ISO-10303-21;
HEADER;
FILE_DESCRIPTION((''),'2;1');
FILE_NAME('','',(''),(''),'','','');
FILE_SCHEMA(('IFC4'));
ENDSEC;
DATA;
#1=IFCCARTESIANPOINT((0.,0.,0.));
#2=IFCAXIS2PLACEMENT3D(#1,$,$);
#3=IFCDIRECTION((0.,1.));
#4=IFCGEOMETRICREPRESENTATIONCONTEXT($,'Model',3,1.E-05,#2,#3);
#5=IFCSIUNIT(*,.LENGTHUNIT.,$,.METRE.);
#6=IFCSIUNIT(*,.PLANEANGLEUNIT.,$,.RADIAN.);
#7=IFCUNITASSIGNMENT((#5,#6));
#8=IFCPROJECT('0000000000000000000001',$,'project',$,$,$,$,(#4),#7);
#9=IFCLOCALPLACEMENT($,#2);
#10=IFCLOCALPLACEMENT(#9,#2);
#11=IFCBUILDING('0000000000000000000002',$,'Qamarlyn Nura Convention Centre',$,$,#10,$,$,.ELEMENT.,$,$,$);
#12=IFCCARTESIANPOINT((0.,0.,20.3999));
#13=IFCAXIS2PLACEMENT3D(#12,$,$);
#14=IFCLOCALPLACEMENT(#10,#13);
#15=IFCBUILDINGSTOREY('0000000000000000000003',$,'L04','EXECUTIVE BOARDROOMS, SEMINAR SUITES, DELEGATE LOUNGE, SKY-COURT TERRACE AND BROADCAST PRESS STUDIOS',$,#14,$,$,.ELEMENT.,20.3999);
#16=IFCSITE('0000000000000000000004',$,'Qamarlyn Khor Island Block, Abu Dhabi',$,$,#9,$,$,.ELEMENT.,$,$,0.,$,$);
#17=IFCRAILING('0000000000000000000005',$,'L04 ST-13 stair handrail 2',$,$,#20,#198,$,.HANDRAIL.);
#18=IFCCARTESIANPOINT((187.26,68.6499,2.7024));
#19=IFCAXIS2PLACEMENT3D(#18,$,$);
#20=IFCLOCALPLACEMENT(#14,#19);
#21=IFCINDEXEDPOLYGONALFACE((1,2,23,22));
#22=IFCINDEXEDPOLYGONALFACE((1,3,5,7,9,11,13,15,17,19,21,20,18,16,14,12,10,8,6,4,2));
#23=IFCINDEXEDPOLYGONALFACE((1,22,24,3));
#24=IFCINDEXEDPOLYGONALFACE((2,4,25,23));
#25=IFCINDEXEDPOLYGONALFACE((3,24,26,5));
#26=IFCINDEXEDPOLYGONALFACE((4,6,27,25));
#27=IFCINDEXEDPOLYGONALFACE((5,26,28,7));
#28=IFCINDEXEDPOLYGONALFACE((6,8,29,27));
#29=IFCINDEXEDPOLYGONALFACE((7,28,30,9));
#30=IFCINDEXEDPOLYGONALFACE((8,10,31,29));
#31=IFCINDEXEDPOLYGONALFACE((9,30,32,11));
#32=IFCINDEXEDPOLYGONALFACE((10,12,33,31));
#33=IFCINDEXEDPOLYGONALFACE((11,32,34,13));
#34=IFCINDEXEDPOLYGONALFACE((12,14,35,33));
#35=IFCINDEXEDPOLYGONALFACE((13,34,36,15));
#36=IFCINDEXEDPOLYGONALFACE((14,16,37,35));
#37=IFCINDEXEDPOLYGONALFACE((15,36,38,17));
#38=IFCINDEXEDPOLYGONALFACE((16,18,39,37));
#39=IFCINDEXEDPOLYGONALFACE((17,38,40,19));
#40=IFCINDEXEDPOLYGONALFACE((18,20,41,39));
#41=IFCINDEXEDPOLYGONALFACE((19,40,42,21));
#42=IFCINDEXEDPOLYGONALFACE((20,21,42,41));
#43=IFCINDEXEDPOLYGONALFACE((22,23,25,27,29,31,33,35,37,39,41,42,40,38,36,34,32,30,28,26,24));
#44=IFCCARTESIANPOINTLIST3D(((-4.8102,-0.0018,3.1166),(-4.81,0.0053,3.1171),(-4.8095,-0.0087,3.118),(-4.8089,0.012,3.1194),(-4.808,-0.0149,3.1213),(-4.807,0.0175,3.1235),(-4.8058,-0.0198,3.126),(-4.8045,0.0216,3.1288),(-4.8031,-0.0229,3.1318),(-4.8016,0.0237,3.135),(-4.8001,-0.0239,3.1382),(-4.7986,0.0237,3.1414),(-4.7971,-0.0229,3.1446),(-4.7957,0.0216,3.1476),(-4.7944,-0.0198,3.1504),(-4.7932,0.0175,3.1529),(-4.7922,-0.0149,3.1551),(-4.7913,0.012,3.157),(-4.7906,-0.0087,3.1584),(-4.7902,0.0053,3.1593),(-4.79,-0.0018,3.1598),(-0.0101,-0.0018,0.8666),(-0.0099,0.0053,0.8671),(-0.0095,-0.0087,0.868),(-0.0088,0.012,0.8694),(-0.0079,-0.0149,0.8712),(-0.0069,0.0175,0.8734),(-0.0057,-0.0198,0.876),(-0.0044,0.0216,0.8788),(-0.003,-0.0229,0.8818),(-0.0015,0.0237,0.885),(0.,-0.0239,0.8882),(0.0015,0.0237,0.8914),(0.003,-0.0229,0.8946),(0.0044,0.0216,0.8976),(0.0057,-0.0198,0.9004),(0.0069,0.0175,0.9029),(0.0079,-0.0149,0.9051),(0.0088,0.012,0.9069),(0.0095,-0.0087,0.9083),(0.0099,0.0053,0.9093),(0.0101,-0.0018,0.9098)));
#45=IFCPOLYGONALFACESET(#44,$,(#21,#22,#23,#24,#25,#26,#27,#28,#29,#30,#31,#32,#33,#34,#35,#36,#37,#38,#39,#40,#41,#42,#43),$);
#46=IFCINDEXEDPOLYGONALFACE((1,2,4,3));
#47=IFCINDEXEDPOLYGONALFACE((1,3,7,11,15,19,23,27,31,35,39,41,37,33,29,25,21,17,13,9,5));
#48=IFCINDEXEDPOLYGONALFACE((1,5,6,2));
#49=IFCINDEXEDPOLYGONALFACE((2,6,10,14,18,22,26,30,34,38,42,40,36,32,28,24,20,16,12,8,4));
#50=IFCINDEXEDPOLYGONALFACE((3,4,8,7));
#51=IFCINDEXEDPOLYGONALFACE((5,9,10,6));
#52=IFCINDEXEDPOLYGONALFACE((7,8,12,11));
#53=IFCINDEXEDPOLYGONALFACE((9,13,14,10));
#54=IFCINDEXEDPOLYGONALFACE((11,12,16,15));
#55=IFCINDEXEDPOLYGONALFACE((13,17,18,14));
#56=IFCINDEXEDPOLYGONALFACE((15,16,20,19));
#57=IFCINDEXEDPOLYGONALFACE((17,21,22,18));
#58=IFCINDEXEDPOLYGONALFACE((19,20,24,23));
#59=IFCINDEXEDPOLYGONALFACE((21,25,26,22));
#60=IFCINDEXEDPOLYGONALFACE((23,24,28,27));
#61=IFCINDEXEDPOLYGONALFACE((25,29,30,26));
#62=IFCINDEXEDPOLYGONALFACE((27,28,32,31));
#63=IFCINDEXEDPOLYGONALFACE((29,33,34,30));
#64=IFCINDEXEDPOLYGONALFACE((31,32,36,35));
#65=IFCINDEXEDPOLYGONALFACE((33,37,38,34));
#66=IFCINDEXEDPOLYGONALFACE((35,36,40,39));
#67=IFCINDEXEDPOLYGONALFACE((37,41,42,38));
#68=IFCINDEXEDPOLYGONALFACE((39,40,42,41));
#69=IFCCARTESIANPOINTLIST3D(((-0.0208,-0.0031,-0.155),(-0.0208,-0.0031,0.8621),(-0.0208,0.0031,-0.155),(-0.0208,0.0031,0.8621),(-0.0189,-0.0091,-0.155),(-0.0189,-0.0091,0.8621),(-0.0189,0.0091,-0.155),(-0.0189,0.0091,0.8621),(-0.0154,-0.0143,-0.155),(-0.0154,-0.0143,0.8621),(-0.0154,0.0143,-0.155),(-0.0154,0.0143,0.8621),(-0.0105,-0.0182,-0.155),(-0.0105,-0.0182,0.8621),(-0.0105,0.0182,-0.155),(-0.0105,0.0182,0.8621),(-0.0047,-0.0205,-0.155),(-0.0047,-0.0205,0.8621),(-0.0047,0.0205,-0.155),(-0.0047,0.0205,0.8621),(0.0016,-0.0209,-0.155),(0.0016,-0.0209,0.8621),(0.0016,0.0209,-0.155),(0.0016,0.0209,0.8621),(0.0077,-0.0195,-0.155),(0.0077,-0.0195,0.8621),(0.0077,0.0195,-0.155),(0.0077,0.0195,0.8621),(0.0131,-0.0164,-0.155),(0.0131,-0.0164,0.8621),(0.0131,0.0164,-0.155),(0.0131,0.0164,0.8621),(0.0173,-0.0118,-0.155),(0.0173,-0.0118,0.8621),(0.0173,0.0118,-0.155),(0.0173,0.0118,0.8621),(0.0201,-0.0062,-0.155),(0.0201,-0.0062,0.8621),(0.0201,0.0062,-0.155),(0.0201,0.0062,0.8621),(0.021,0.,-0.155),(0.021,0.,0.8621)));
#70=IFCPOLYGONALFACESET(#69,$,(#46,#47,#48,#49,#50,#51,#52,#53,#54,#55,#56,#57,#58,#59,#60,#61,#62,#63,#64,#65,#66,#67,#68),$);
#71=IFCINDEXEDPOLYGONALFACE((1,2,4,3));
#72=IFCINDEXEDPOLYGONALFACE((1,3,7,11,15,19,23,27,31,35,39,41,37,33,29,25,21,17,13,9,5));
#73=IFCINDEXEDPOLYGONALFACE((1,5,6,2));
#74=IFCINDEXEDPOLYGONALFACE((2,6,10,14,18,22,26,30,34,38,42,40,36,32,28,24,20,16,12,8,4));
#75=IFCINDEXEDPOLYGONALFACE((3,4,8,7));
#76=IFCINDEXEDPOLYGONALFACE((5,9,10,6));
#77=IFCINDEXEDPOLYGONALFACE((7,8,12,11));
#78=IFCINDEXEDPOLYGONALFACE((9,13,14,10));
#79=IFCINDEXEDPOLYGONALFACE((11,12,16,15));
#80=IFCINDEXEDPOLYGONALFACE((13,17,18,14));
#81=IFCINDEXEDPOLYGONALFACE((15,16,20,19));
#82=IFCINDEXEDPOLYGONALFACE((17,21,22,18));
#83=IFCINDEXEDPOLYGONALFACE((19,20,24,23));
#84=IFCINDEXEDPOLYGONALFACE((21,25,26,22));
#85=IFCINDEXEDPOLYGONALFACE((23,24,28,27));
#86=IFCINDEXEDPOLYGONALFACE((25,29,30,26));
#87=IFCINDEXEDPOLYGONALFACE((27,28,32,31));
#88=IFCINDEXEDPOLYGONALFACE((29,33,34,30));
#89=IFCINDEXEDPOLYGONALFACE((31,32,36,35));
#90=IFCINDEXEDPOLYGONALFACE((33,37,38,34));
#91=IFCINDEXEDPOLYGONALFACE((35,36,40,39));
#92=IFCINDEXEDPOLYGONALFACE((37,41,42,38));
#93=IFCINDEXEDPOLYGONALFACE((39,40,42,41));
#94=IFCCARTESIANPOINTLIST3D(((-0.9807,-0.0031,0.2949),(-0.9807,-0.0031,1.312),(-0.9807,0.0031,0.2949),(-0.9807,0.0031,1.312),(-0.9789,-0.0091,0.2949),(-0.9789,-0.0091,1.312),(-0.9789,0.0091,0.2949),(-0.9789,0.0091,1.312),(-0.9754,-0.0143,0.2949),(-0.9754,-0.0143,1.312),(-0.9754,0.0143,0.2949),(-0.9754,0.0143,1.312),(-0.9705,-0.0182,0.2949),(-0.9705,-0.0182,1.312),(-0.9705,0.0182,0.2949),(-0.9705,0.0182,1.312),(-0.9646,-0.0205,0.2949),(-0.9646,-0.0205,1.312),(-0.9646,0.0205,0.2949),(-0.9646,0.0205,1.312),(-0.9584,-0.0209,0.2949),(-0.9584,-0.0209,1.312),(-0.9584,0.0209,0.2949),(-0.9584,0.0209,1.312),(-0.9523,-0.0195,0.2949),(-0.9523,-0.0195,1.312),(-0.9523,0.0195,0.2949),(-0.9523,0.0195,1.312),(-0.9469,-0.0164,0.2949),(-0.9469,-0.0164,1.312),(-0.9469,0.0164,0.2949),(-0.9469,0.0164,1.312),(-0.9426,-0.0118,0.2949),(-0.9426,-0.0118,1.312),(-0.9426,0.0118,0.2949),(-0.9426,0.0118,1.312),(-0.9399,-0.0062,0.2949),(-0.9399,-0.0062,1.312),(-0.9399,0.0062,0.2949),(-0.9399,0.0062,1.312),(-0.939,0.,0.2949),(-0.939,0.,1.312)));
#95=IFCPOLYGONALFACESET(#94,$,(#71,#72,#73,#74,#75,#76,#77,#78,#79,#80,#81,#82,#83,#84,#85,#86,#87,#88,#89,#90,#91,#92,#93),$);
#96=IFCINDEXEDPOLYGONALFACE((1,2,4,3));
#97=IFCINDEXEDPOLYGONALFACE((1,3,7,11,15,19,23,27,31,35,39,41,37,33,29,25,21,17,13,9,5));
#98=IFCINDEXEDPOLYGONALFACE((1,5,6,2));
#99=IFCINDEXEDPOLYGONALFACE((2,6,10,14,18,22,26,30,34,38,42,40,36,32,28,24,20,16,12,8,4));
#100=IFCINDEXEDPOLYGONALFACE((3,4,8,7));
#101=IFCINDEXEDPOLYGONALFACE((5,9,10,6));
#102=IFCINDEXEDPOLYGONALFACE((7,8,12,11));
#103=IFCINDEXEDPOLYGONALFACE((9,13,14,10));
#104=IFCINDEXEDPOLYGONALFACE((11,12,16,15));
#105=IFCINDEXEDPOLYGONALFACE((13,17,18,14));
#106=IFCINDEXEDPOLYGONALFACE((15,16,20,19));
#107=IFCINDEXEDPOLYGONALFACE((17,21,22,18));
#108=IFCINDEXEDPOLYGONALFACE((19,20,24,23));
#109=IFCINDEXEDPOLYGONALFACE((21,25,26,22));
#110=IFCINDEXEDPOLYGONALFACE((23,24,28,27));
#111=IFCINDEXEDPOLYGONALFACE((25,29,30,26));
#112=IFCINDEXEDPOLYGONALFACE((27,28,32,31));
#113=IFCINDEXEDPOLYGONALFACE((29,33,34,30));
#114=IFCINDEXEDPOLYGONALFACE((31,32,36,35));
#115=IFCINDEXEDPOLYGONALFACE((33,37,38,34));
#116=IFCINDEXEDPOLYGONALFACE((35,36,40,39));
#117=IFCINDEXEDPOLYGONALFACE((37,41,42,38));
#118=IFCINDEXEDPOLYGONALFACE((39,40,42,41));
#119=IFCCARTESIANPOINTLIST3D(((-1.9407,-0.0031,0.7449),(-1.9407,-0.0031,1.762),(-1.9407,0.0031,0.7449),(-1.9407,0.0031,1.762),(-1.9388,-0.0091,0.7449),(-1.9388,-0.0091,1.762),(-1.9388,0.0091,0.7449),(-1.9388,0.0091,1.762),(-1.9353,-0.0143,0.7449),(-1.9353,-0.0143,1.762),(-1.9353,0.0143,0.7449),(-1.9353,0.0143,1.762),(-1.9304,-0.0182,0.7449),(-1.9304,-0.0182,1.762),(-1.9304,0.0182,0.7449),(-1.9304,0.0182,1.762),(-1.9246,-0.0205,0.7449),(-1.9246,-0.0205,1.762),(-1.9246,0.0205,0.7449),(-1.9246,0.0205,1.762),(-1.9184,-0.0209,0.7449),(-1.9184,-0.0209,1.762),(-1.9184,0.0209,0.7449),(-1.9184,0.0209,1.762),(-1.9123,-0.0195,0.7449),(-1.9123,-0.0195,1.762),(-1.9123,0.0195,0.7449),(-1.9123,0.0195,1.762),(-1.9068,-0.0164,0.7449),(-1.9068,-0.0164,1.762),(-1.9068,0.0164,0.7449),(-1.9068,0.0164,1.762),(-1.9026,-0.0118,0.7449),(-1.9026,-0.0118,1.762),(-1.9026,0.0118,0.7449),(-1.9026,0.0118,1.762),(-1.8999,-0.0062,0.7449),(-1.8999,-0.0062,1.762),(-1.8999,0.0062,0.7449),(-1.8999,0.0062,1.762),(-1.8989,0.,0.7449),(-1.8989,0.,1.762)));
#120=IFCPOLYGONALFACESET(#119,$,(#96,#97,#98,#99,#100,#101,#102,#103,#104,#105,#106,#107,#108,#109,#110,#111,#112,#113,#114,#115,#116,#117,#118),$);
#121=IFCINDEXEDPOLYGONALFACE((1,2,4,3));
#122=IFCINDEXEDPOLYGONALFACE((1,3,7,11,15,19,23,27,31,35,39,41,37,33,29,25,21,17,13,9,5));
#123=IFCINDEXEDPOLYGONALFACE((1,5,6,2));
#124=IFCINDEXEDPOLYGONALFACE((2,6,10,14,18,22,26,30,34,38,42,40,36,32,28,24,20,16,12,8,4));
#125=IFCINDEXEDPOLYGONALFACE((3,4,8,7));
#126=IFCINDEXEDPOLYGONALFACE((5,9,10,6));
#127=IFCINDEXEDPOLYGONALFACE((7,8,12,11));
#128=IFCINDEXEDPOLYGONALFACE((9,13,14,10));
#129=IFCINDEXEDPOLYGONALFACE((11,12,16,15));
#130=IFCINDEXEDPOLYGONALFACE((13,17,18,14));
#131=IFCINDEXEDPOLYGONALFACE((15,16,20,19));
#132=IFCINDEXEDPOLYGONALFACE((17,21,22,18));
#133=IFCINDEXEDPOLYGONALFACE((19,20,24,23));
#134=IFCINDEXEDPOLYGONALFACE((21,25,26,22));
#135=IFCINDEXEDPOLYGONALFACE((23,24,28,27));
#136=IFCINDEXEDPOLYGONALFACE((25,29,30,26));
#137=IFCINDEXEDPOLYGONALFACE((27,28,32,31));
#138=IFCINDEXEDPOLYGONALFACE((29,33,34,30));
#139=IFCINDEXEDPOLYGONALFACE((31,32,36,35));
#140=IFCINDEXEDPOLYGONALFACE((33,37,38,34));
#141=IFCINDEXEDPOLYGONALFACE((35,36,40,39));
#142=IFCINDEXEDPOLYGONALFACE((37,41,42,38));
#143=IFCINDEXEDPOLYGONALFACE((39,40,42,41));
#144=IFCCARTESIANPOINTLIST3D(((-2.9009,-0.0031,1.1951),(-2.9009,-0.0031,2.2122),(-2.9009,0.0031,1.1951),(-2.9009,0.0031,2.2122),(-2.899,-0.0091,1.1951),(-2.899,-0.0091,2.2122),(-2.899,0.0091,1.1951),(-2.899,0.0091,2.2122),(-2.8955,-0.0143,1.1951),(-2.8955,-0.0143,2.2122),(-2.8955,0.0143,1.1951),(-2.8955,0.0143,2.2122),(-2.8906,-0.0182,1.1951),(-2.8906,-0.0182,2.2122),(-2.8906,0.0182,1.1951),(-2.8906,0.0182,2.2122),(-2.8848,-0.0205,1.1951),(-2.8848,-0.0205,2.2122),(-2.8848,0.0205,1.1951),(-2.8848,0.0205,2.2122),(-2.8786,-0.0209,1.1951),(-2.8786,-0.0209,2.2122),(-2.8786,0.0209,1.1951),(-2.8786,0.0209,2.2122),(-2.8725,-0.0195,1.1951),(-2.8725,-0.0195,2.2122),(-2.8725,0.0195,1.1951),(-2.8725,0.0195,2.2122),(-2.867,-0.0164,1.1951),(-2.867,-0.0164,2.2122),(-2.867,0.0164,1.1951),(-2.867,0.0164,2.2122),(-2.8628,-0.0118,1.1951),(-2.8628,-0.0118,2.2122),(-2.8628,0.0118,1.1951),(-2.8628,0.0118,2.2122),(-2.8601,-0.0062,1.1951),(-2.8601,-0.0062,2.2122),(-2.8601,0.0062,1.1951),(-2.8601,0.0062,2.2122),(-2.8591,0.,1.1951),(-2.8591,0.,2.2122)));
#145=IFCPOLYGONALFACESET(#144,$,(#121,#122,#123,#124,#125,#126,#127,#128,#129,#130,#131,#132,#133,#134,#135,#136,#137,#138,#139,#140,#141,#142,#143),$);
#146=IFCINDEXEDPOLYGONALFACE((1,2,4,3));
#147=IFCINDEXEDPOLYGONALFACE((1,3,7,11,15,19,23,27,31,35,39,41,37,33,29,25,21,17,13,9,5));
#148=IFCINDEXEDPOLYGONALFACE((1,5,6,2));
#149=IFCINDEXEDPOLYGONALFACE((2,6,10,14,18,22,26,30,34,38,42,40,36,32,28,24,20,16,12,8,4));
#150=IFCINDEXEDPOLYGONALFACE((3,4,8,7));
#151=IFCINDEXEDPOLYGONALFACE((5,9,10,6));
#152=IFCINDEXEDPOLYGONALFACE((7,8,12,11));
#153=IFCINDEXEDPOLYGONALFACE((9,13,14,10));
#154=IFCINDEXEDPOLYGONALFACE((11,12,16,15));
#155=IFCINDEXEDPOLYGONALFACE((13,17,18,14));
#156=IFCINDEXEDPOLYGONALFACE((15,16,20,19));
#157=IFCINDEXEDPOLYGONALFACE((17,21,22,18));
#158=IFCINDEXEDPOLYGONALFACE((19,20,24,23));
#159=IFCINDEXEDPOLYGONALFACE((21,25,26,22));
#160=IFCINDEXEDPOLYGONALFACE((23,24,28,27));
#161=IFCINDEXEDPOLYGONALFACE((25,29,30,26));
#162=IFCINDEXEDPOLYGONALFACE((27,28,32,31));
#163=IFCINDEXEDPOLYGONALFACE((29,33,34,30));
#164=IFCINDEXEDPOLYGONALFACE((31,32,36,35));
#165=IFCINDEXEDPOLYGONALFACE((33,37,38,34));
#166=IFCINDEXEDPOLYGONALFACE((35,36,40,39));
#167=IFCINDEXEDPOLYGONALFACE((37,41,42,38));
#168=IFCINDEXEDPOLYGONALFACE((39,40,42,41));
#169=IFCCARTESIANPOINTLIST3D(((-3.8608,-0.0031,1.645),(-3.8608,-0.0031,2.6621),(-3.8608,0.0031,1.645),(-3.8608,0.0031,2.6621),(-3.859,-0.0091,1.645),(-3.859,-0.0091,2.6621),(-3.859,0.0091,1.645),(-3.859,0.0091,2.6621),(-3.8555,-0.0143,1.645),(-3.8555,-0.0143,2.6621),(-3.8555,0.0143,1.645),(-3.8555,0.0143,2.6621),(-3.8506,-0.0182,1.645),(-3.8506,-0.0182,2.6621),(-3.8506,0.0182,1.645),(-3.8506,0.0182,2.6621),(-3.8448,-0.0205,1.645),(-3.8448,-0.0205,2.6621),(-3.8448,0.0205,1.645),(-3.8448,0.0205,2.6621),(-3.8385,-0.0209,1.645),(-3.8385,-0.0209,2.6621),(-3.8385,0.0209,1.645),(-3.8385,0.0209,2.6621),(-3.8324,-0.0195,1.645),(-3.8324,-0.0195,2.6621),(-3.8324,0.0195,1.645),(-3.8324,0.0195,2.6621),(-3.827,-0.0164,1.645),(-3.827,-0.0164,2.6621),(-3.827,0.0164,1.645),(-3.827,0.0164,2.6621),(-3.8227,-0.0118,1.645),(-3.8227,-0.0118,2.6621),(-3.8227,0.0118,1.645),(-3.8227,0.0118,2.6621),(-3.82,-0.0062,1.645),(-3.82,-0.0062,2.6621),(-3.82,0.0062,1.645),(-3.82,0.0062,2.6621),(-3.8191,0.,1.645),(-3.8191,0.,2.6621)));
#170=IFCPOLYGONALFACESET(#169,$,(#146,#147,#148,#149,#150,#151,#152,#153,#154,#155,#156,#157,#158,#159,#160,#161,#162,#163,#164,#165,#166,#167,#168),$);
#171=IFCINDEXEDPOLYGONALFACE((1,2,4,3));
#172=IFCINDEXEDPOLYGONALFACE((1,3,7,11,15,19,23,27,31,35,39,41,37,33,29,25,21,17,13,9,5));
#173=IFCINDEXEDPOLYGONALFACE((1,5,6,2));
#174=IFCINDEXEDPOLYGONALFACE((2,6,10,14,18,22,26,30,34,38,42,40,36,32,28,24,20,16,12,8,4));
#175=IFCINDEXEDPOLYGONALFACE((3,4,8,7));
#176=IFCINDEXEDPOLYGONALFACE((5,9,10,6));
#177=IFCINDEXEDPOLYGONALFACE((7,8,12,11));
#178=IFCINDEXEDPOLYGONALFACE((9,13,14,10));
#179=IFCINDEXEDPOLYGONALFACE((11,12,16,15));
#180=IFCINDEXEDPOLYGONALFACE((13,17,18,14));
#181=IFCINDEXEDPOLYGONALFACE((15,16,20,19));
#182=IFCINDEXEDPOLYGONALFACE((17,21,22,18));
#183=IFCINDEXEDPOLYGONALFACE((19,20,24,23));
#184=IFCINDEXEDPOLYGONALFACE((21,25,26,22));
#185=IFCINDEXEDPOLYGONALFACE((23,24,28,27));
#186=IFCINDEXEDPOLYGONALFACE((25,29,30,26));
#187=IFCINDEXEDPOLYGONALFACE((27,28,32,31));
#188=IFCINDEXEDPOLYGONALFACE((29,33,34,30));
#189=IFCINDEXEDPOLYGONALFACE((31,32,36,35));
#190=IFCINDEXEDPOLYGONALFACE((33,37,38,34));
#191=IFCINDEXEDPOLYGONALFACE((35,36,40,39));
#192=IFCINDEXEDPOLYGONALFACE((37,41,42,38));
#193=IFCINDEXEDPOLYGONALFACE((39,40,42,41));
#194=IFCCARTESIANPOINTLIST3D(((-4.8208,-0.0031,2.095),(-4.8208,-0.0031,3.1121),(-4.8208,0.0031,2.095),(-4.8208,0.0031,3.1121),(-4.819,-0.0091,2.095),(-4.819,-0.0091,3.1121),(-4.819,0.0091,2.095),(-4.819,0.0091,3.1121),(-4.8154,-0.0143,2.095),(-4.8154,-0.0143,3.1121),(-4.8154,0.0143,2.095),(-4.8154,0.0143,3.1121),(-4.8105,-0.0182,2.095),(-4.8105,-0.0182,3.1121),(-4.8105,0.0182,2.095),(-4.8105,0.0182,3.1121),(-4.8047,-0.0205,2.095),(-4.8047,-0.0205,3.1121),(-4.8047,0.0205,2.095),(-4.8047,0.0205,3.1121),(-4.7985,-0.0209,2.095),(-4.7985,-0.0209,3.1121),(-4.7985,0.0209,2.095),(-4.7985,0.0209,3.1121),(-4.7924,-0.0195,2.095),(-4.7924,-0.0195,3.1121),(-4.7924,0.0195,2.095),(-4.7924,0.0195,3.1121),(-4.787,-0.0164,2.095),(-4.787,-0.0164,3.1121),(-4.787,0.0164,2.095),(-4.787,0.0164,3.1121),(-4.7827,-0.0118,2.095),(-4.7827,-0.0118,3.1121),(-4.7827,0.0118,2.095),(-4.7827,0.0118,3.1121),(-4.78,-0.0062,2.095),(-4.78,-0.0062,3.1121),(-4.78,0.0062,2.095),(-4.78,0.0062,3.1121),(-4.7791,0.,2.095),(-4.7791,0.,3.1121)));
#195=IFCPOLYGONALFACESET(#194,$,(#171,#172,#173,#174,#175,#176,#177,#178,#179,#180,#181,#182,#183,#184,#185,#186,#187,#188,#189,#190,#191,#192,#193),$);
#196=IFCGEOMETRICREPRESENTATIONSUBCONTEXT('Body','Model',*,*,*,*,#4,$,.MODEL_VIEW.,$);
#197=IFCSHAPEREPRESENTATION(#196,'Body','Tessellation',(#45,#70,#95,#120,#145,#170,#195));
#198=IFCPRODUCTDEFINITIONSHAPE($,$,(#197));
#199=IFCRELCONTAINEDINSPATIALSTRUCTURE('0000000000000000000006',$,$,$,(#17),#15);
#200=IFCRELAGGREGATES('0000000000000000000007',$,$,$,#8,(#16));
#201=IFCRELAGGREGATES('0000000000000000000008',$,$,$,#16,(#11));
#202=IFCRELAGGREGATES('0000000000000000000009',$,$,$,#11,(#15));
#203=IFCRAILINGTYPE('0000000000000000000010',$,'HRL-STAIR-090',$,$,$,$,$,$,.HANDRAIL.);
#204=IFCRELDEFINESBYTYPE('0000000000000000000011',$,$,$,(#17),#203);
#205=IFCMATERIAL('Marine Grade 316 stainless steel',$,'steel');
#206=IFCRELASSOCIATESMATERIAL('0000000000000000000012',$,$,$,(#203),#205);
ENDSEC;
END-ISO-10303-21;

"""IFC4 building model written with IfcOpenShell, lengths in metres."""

from ifc_helpers import new_model, si_unit, direction, frame, origin, origin_2d, place, context, subcontext, project, spatial, circle, extrude, material, type_object, element, save


model = new_model("IFC4")

# Units and contexts
model_context = context("Model", 3, precision=1e-05, world=origin(), true_north=direction((0.0, 1.0)))
body_context = subcontext(model_context, "Body", "Model", "MODEL_VIEW")
ifc_project = project(units=[si_unit("LENGTHUNIT", "METRE"), si_unit("PLANEANGLEUNIT", "RADIAN")], contexts=[model_context])

# Site, building, storey
site_placement = place(None, origin())
site = spatial("IfcSite", under=ifc_project, at=site_placement, Name="Qamarlyn Khor Island Block, Abu Dhabi", CompositionType="ELEMENT", RefElevation=0.0)
building_placement = place(site_placement, origin())
building = spatial("IfcBuilding", under=site, at=building_placement, Name="Qamarlyn Nura Convention Centre", CompositionType="ELEMENT")
storey_placement = place(building_placement, frame((0.0, 0.0, 20.3999)))
storey = spatial("IfcBuildingStorey", under=building, at=storey_placement, Name="L04", Description="EXECUTIVE BOARDROOMS, SEMINAR SUITES, DELEGATE LOUNGE, SKY-COURT TERRACE AND BROADCAST PRESS STUDIOS", CompositionType="ELEMENT", Elevation=20.3999)

# Railing
ifc_material_1 = material(Name="Marine Grade 316 stainless steel", Category="steel")
railing_type_1 = type_object("IfcRailingType", Name="HRL-STAIR-090", PredefinedType="HANDRAIL", material=ifc_material_1)
railing_1_placement = place(storey_placement, frame((187.26, 68.6499, 2.7024)))
element("IfcRailing", 1, at=railing_1_placement, inside=storey, type_object=railing_type_1, Name="L04 ST-13 stair handrail 2", PredefinedType="HANDRAIL", context=body_context, shape_type="SweptSolid", body=[
    extrude(circle(Radius=0.0239, at=origin_2d()), frame((0.0, 0.0, 0.8882), z_axis=(-0.905461, 0.0, 0.42443), x_axis=(0.0, -1.0, 0.0)), (0.0, 0.0, 1.0), 5.3013),
    extrude(circle(Radius=0.021, at=origin_2d()), frame((0.0, 0.0, -0.155)), (0.0, 0.0, 1.0), 1.0171),
    extrude(circle(Radius=0.021, at=origin_2d()), frame((-0.96, 0.0, 0.2949)), (0.0, 0.0, 1.0), 1.0171),
    extrude(circle(Radius=0.021, at=origin_2d()), frame((-1.9199, 0.0, 0.7449)), (0.0, 0.0, 1.0), 1.0171),
    extrude(circle(Radius=0.021, at=origin_2d()), frame((-2.8801, 0.0, 1.1951)), (0.0, 0.0, 1.0), 1.0171),
    extrude(circle(Radius=0.021, at=origin_2d()), frame((-3.8401, 0.0, 1.645)), (0.0, 0.0, 1.0), 1.0171),
    extrude(circle(Radius=0.021, at=origin_2d()), frame((-4.8, 0.0, 2.095)), (0.0, 0.0, 1.0), 1.0171),
])

save(model, "model.ifc")
